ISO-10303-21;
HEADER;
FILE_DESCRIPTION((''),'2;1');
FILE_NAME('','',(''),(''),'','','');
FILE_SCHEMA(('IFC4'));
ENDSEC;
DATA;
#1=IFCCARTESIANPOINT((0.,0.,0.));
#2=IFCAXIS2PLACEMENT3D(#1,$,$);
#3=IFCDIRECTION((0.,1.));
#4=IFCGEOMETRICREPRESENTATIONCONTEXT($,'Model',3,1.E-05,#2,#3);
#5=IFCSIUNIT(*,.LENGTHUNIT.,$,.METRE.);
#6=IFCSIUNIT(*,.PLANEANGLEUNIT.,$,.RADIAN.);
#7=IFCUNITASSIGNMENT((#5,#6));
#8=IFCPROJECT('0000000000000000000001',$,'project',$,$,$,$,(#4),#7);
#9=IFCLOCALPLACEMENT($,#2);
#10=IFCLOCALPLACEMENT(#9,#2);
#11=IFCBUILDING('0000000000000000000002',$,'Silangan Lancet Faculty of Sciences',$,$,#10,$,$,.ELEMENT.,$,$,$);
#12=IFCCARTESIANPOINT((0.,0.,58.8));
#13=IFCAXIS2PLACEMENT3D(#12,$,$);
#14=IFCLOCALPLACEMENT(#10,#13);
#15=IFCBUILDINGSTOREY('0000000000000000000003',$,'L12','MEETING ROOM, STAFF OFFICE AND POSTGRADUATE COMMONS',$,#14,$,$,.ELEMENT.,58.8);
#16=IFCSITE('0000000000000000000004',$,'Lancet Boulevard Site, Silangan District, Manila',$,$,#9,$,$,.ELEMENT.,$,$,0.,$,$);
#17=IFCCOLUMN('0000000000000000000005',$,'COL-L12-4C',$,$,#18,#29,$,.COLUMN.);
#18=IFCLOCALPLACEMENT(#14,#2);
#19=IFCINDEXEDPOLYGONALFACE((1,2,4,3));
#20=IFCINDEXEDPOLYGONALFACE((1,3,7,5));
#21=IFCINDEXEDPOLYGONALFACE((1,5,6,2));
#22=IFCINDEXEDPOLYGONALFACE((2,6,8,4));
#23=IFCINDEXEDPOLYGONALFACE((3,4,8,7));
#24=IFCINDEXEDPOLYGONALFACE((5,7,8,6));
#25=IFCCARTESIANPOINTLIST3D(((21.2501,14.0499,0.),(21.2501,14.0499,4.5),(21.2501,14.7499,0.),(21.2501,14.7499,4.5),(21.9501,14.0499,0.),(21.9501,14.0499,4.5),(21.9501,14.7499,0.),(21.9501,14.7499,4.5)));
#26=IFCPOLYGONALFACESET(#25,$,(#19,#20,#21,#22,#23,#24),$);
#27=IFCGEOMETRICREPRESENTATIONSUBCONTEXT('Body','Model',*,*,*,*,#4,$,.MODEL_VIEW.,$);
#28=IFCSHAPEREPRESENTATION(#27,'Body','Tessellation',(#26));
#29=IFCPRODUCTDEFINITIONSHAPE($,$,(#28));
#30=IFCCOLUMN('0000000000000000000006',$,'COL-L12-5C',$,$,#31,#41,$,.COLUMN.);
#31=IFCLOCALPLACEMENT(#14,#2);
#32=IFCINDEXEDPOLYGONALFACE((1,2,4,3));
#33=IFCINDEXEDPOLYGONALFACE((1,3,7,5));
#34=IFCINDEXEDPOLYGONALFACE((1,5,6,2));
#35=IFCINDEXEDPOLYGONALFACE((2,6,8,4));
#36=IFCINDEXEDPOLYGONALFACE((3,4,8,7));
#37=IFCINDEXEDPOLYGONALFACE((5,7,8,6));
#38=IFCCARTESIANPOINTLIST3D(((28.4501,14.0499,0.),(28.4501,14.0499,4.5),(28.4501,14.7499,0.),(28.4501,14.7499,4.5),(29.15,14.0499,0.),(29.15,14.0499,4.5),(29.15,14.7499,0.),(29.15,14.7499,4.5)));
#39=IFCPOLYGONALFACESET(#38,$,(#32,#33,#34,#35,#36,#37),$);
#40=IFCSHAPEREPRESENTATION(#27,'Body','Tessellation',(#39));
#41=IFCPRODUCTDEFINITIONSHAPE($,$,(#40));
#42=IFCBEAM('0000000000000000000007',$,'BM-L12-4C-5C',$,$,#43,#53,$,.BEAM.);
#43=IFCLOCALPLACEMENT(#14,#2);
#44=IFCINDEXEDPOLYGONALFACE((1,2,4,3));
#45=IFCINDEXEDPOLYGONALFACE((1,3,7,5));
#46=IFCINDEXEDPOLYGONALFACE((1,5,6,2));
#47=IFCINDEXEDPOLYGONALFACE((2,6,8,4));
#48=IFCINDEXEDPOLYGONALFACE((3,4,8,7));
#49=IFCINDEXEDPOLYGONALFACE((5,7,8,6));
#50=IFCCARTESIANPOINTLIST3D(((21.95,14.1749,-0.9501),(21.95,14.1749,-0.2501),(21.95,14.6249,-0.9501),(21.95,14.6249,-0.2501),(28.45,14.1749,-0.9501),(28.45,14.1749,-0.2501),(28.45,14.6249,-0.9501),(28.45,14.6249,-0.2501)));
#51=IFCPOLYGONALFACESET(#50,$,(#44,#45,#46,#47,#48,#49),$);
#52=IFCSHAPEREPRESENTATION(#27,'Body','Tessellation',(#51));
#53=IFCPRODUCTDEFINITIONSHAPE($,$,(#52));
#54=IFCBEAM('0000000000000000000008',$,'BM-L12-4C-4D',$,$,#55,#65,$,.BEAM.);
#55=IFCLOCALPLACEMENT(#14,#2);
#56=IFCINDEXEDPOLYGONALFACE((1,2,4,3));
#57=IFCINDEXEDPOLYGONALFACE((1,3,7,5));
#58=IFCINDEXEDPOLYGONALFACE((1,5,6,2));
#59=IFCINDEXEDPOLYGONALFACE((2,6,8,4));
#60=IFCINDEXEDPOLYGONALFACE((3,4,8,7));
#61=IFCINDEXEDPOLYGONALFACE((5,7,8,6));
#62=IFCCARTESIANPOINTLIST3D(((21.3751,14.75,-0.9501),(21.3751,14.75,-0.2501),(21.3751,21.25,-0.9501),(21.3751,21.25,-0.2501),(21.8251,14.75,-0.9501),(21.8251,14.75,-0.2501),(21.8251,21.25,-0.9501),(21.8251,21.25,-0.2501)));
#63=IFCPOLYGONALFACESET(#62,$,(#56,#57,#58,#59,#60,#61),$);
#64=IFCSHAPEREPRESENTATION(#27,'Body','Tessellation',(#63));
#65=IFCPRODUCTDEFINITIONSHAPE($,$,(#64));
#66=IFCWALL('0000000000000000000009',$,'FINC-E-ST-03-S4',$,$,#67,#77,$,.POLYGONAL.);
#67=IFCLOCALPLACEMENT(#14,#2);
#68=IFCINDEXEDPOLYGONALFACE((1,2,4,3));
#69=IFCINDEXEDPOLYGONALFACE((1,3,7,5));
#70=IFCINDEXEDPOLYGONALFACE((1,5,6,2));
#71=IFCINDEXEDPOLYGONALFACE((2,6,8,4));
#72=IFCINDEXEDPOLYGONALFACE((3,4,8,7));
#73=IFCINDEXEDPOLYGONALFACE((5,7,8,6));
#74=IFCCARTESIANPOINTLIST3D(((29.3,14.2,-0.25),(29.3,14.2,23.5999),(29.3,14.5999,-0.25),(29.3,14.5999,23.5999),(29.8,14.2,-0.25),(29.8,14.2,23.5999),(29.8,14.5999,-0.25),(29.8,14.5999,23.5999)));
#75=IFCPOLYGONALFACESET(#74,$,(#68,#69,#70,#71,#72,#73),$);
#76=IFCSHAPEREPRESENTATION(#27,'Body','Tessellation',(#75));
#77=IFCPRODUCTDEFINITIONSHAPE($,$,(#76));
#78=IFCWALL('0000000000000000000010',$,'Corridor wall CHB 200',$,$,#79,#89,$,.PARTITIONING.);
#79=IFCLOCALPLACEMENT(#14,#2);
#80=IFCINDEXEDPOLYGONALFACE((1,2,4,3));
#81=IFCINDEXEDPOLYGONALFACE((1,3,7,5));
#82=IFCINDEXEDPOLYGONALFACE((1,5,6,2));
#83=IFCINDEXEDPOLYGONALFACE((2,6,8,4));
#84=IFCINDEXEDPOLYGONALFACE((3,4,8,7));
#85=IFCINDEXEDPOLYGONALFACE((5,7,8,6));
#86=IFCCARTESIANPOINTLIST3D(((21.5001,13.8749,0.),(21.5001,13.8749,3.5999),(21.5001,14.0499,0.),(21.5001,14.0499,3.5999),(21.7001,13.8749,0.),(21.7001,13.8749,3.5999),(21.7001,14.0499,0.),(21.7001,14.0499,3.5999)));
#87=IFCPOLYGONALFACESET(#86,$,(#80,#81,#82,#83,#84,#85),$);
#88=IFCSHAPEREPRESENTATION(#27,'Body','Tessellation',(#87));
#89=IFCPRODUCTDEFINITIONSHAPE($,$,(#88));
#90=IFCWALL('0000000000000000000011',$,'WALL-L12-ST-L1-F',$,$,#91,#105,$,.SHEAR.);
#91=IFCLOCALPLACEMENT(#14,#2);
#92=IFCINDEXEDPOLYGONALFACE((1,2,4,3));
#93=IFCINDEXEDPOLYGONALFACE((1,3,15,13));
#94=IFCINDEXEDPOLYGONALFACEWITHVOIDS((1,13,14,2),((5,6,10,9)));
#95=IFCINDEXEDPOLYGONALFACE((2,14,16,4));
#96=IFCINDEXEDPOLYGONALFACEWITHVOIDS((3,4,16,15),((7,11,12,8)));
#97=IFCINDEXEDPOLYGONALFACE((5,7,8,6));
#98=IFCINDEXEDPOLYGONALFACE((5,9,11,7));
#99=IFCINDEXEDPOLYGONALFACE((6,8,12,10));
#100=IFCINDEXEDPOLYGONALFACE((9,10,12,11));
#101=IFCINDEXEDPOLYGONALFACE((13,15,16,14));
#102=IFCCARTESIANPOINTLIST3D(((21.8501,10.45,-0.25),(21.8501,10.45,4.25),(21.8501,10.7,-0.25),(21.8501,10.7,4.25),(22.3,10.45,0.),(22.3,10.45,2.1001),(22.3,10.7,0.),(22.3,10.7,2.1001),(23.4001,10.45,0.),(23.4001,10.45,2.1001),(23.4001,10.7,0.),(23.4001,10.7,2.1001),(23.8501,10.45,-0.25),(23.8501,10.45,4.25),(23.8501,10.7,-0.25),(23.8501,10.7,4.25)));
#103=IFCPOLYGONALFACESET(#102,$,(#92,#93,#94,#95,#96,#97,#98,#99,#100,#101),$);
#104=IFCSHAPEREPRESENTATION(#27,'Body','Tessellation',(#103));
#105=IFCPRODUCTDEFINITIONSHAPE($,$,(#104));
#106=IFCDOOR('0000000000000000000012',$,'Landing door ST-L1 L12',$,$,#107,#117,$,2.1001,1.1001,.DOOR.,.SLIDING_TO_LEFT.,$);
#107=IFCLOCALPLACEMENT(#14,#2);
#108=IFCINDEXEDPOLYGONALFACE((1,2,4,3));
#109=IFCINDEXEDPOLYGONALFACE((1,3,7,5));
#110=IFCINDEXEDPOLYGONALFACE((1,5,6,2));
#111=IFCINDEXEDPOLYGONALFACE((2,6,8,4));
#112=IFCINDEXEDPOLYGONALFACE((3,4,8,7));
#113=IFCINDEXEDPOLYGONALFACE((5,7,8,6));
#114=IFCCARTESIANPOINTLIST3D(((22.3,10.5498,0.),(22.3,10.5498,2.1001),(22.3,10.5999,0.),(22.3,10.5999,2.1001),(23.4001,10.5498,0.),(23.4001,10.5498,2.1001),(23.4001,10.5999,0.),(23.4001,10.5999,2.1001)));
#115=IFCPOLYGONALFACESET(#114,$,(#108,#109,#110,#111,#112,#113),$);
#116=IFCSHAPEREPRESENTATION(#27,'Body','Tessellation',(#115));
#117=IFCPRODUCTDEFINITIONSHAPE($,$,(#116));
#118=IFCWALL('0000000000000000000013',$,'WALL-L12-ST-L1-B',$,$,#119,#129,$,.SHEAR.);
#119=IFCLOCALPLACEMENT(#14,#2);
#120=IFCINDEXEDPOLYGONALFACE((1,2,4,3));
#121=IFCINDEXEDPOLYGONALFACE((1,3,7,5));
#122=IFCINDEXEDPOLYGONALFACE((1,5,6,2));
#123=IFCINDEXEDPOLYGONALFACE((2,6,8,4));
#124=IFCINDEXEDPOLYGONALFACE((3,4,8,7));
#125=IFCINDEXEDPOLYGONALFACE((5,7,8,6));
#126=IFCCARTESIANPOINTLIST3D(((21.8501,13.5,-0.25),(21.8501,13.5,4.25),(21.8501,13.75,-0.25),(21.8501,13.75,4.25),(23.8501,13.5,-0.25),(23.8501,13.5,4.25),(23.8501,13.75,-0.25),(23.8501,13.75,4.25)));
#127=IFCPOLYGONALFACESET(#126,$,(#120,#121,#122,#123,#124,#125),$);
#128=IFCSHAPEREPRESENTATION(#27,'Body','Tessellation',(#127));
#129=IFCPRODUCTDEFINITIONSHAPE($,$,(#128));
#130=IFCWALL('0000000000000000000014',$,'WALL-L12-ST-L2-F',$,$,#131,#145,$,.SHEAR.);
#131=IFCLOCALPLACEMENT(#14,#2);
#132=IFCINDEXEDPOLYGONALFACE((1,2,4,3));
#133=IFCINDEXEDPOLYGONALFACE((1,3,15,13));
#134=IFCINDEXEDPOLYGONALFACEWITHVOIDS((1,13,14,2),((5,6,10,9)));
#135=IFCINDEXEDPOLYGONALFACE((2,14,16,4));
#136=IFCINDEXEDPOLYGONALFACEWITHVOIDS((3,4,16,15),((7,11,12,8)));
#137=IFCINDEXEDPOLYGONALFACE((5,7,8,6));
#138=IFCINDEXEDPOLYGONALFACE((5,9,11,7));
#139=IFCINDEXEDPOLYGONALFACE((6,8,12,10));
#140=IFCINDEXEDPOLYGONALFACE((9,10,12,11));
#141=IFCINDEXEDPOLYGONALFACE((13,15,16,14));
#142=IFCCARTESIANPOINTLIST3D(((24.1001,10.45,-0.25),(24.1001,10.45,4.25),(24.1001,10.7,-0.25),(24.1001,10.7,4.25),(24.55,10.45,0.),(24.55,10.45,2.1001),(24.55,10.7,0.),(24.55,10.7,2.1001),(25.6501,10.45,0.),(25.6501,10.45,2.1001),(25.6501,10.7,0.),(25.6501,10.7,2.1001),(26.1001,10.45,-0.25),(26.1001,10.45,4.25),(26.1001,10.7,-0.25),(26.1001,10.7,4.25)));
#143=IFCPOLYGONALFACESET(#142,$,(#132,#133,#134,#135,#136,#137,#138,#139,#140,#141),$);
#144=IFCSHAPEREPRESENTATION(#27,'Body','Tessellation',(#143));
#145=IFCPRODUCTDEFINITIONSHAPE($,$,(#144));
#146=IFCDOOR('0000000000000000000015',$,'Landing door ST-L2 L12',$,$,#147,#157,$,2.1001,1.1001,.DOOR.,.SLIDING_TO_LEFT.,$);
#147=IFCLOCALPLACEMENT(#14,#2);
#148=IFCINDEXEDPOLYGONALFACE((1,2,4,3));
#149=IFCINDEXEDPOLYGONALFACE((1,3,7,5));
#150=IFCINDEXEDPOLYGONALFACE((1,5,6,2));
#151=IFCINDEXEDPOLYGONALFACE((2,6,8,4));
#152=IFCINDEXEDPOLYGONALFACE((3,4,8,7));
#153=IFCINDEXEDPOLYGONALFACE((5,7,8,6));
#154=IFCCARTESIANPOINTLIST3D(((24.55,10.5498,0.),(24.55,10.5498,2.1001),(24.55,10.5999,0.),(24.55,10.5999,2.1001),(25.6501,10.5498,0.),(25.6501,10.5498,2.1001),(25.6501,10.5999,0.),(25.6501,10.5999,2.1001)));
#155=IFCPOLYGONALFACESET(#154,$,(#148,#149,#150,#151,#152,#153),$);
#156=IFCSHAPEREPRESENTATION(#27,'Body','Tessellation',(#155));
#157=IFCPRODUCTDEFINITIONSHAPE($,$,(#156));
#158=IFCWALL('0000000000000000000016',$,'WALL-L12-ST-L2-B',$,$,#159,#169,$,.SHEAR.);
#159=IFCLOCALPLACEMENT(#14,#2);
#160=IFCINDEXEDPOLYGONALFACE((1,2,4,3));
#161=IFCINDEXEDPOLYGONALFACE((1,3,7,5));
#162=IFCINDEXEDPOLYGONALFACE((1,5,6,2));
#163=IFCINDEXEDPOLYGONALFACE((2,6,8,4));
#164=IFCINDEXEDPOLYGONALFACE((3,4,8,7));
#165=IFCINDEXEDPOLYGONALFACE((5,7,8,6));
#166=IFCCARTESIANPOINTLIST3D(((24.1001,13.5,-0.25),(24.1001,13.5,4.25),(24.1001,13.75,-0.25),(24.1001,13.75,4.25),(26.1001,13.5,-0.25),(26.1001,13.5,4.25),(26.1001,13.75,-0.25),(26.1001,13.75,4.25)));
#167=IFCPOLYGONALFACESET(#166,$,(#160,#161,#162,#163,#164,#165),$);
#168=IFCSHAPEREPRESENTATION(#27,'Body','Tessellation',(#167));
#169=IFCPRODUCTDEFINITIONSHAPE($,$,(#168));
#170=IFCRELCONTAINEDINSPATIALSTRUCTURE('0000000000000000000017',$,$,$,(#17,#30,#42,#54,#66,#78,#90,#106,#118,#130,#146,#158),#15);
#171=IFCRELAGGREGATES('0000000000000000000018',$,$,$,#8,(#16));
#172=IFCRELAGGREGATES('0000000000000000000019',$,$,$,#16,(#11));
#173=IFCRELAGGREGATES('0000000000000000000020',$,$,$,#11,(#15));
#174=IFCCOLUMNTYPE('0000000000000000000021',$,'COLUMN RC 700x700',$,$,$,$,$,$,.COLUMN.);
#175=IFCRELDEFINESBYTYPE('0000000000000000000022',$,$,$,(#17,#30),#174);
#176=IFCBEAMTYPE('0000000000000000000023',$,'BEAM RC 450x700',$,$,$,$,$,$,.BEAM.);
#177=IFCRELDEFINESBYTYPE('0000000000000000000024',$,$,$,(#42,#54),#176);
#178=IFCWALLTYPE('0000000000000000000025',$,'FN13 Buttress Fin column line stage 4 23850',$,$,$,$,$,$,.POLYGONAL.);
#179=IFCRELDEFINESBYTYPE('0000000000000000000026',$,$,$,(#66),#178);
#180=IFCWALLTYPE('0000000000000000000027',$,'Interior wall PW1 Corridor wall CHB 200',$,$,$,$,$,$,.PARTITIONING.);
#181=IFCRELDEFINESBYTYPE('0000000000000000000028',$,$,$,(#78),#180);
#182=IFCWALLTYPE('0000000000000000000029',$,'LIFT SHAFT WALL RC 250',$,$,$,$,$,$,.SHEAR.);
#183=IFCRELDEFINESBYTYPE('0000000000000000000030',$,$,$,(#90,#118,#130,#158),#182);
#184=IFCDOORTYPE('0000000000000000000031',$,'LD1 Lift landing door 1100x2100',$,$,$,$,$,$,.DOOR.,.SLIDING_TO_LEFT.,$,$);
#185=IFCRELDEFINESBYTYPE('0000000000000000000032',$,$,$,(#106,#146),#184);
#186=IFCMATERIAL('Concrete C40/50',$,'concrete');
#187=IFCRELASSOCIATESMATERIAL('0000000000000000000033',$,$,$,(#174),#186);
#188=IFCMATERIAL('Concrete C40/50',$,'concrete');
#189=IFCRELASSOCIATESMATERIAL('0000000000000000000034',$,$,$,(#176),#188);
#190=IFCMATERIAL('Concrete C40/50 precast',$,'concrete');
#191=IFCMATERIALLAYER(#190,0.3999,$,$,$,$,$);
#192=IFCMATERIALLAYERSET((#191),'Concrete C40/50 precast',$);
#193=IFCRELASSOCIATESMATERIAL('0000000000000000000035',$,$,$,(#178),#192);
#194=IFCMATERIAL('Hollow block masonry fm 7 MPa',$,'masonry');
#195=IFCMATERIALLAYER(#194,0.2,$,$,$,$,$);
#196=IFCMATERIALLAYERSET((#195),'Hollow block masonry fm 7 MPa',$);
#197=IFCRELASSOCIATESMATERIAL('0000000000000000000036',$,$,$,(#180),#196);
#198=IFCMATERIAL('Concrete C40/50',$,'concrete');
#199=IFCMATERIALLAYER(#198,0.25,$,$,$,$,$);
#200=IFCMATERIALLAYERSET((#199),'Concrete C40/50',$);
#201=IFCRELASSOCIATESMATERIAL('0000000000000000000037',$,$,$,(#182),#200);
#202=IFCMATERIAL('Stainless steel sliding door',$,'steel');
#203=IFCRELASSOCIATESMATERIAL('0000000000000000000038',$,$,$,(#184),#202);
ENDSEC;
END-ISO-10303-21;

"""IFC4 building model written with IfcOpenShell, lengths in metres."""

from ifc_helpers import new_model, si_unit, direction, frame, frame_2d, origin, origin_2d, place, context, subcontext, project, spatial, polyline, rectangle, outline, extrude, material, layer, layer_set, material_profile, profile_set, type_object, element, fill, save


model = new_model("IFC4")

# Units and contexts
model_context = context("Model", 3, precision=1e-05, world=origin(), true_north=direction((0.0, 1.0)))
body_context = subcontext(model_context, "Body", "Model", "MODEL_VIEW")
ifc_project = project(units=[si_unit("LENGTHUNIT", "METRE"), si_unit("PLANEANGLEUNIT", "RADIAN")], contexts=[model_context])

# Site, building, storey
site_placement = place(None, origin())
site = spatial("IfcSite", under=ifc_project, at=site_placement, Name="Lancet Boulevard Site, Silangan District, Manila", CompositionType="ELEMENT", RefElevation=0.0)
building_placement = place(site_placement, origin())
building = spatial("IfcBuilding", under=site, at=building_placement, Name="Silangan Lancet Faculty of Sciences", CompositionType="ELEMENT")
storey_placement = place(building_placement, frame((0.0, 0.0, 58.8)))
storey = spatial("IfcBuildingStorey", under=building, at=storey_placement, Name="L12", Description="MEETING ROOM, STAFF OFFICE AND POSTGRADUATE COMMONS", CompositionType="ELEMENT", Elevation=58.8)

# Columns
ifc_material_1 = material(Name="Concrete C40/50", Category="concrete")
ifc_material_profile_1 = material_profile(ifc_material_1, rectangle(XDim=0.7, YDim=0.7, at=origin_2d()), Name="RC 700x700")
ifc_profile_set_1 = profile_set([ifc_material_profile_1], Name="Concrete C40/50")
column_type = type_object("IfcColumnType", Name="COLUMN RC 700x700", PredefinedType="COLUMN", material=ifc_profile_set_1)
for number, where, z_axis, x_axis, name in (
    (1, (21.6001, 14.3999, 0.0), (0.0, 0.0, 1.0), (1.0, 0.0, 0.0), "COL-L12-4C"),
    (2, (28.8, 14.3999, 0.0), (0.0, 0.0, 1.0), (1.0, 0.0, 0.0), "COL-L12-5C"),
):
    element("IfcColumn", number, at=place(storey_placement, frame(where, z_axis=z_axis, x_axis=x_axis)), inside=storey, type_object=column_type, Name=name, PredefinedType="COLUMN", context=body_context, shape_type="SweptSolid", body=[
        extrude(rectangle(XDim=0.7, YDim=0.7, at=origin_2d()), origin(), (0.0, 0.0, 1.0), 4.5),
    ])

# Beams
ifc_material_2 = material(Name="Concrete C40/50", Category="concrete")
ifc_material_profile_2 = material_profile(ifc_material_2, rectangle(XDim=0.45, YDim=0.7, at=origin_2d()), Name="RC 450x700")
ifc_profile_set_2 = profile_set([ifc_material_profile_2], Name="Concrete C40/50")
beam_type = type_object("IfcBeamType", Name="BEAM RC 450x700", PredefinedType="BEAM", material=ifc_profile_set_2)
for number, where, z_axis, x_axis, name in (
    (3, (21.95, 14.3999, -0.6001), (1.0, 0.0, 0.0), (0.0, 1.0, 0.0), "BM-L12-4C-5C"),
    (4, (21.6001, 14.75, -0.6001), (0.0, 1.0, 0.0), (-1.0, 0.0, 0.0), "BM-L12-4C-4D"),
):
    element("IfcBeam", number, at=place(storey_placement, frame(where, z_axis=z_axis, x_axis=x_axis)), inside=storey, type_object=beam_type, Name=name, PredefinedType="BEAM", context=body_context, shape_type="SweptSolid", body=[
        extrude(rectangle(XDim=0.45, YDim=0.7, at=origin_2d()), origin(), (0.0, 0.0, 1.0), 6.5),
    ])

# Walls
ifc_material_3 = material(Name="Concrete C40/50 precast", Category="concrete")
ifc_layer_1 = layer(ifc_material_3, 0.3999)
ifc_layer_set_1 = layer_set([ifc_layer_1], Name="Concrete C40/50 precast")
wall_type_1 = type_object("IfcWallType", Name="FN13 Buttress Fin column line stage 4 23850", PredefinedType="POLYGONAL", material=ifc_layer_set_1)
wall_1_placement = place(storey_placement, frame((29.3, 14.3999, -0.25), z_axis=(0.0, 0.0, 1.0), x_axis=(1.0, 0.0, 0.0)))
element("IfcWall", 5, at=wall_1_placement, inside=storey, type_object=wall_type_1, Name="FINC-E-ST-03-S4", PredefinedType="POLYGONAL", context=body_context, shape_type="SweptSolid", body=[
    extrude(outline(polyline([(0.5, 0.0), (0.5, 23.8499), (0.0, 23.8499), (0.0, 0.0), (0.5, 0.0)])), frame((0.0, 0.2, 0.0), z_axis=(0.0, -1.0, 0.0), x_axis=(1.0, 0.0, 0.0)), (0.0, 0.0, 1.0), 0.3999),
])
ifc_material_4 = material(Name="Hollow block masonry fm 7 MPa", Category="masonry")
ifc_layer_2 = layer(ifc_material_4, 0.2)
ifc_layer_set_2 = layer_set([ifc_layer_2], Name="Hollow block masonry fm 7 MPa")
wall_type_2 = type_object("IfcWallType", Name="Interior wall PW1 Corridor wall CHB 200", PredefinedType="PARTITIONING", material=ifc_layer_set_2)
wall_2_placement = place(storey_placement, frame((21.6001, 13.875, 0.0), z_axis=(0.0, 0.0, 1.0), x_axis=(0.0, 1.0, 0.0)))
element("IfcWall", 6, at=wall_2_placement, inside=storey, type_object=wall_type_2, Name="Corridor wall CHB 200", PredefinedType="PARTITIONING", context=body_context, shape_type="SweptSolid", body=[
    extrude(rectangle(XDim=0.175, YDim=0.2, at=frame_2d((0.0874, 0.0))), origin(), (0.0, 0.0, 1.0), 3.5999),
])

# Wall, opening, door
ifc_material_5 = material(Name="Concrete C40/50", Category="concrete")
ifc_layer_3 = layer(ifc_material_5, 0.25)
ifc_layer_set_3 = layer_set([ifc_layer_3], Name="Concrete C40/50")
wall_type_3 = type_object("IfcWallType", Name="LIFT SHAFT WALL RC 250", PredefinedType="SHEAR", material=ifc_layer_set_3)
wall_3_placement = place(storey_placement, frame((21.8501, 10.575, -0.25), z_axis=(0.0, 0.0, 1.0), x_axis=(1.0, 0.0, 0.0)))
wall_3 = element("IfcWall", 7, at=wall_3_placement, inside=storey, type_object=wall_type_3, Name="WALL-L12-ST-L1-F", PredefinedType="SHEAR", context=body_context, shape_type="SweptSolid", body=[
    extrude(rectangle(XDim=2.0, YDim=0.25, at=frame_2d((1.0, 0.0))), origin(), (0.0, 0.0, 1.0), 4.5),
])
opening_1_placement = place(wall_3_placement, frame((0.45, 0.0, 0.25)))
opening_1 = element("IfcOpeningElement", 8, at=opening_1_placement, cuts=wall_3, PredefinedType="OPENING", context=body_context, shape_type="SweptSolid", body=[
    extrude(rectangle(XDim=1.1001, YDim=2.1001, at=frame_2d((0.55, 1.05))), frame((0.0, 0.135, 0.0), z_axis=(0.0, -1.0, 0.0), x_axis=(1.0, 0.0, 0.0)), (0.0, 0.0, 1.0), 0.27),
])
ifc_material_6 = material(Name="Stainless steel sliding door", Category="steel")
door_type = type_object("IfcDoorType", Name="LD1 Lift landing door 1100x2100", OperationType="SLIDING_TO_LEFT", PredefinedType="DOOR", material=ifc_material_6)
door_1_placement = place(opening_1_placement, origin())
door_1 = element("IfcDoor", 9, at=door_1_placement, inside=storey, type_object=door_type, Name="Landing door ST-L1 L12", OperationType="SLIDING_TO_LEFT", OverallHeight=2.1001, OverallWidth=1.1001, PredefinedType="DOOR", context=body_context, shape_type="SweptSolid", body=[
    extrude(rectangle(XDim=1.1001, YDim=2.1001, at=frame_2d((0.55, 1.05))), frame((0.0, 0.0249, 0.0), z_axis=(0.0, -1.0, 0.0), x_axis=(1.0, 0.0, 0.0)), (0.0, 0.0, 1.0), 0.05),
])
fill(opening_1, door_1)

# Wall
wall_4_placement = place(storey_placement, frame((21.8501, 13.625, -0.25), z_axis=(0.0, 0.0, 1.0), x_axis=(1.0, 0.0, 0.0)))
element("IfcWall", 10, at=wall_4_placement, inside=storey, type_object=wall_type_3, Name="WALL-L12-ST-L1-B", PredefinedType="SHEAR", context=body_context, shape_type="SweptSolid", body=[
    extrude(rectangle(XDim=2.0, YDim=0.25, at=frame_2d((1.0, 0.0))), origin(), (0.0, 0.0, 1.0), 4.5),
])

# Wall, opening, door
wall_5_placement = place(storey_placement, frame((24.1001, 10.575, -0.25), z_axis=(0.0, 0.0, 1.0), x_axis=(1.0, 0.0, 0.0)))
wall_5 = element("IfcWall", 11, at=wall_5_placement, inside=storey, type_object=wall_type_3, Name="WALL-L12-ST-L2-F", PredefinedType="SHEAR", context=body_context, shape_type="SweptSolid", body=[
    extrude(rectangle(XDim=2.0, YDim=0.25, at=frame_2d((1.0, 0.0))), origin(), (0.0, 0.0, 1.0), 4.5),
])
opening_2_placement = place(wall_5_placement, frame((0.45, 0.0, 0.25)))
opening_2 = element("IfcOpeningElement", 12, at=opening_2_placement, cuts=wall_5, PredefinedType="OPENING", context=body_context, shape_type="SweptSolid", body=[
    extrude(rectangle(XDim=1.1001, YDim=2.1001, at=frame_2d((0.55, 1.05))), frame((0.0, 0.135, 0.0), z_axis=(0.0, -1.0, 0.0), x_axis=(1.0, 0.0, 0.0)), (0.0, 0.0, 1.0), 0.27),
])
door_2_placement = place(opening_2_placement, origin())
door_2 = element("IfcDoor", 13, at=door_2_placement, inside=storey, type_object=door_type, Name="Landing door ST-L2 L12", OperationType="SLIDING_TO_LEFT", OverallHeight=2.1001, OverallWidth=1.1001, PredefinedType="DOOR", context=body_context, shape_type="SweptSolid", body=[
    extrude(rectangle(XDim=1.1001, YDim=2.1001, at=frame_2d((0.55, 1.05))), frame((0.0, 0.0249, 0.0), z_axis=(0.0, -1.0, 0.0), x_axis=(1.0, 0.0, 0.0)), (0.0, 0.0, 1.0), 0.05),
])
fill(opening_2, door_2)

# Wall
wall_6_placement = place(storey_placement, frame((24.1001, 13.625, -0.25), z_axis=(0.0, 0.0, 1.0), x_axis=(1.0, 0.0, 0.0)))
element("IfcWall", 14, at=wall_6_placement, inside=storey, type_object=wall_type_3, Name="WALL-L12-ST-L2-B", PredefinedType="SHEAR", context=body_context, shape_type="SweptSolid", body=[
    extrude(rectangle(XDim=2.0, YDim=0.25, at=frame_2d((1.0, 0.0))), origin(), (0.0, 0.0, 1.0), 4.5),
])

save(model, "model.ifc")
